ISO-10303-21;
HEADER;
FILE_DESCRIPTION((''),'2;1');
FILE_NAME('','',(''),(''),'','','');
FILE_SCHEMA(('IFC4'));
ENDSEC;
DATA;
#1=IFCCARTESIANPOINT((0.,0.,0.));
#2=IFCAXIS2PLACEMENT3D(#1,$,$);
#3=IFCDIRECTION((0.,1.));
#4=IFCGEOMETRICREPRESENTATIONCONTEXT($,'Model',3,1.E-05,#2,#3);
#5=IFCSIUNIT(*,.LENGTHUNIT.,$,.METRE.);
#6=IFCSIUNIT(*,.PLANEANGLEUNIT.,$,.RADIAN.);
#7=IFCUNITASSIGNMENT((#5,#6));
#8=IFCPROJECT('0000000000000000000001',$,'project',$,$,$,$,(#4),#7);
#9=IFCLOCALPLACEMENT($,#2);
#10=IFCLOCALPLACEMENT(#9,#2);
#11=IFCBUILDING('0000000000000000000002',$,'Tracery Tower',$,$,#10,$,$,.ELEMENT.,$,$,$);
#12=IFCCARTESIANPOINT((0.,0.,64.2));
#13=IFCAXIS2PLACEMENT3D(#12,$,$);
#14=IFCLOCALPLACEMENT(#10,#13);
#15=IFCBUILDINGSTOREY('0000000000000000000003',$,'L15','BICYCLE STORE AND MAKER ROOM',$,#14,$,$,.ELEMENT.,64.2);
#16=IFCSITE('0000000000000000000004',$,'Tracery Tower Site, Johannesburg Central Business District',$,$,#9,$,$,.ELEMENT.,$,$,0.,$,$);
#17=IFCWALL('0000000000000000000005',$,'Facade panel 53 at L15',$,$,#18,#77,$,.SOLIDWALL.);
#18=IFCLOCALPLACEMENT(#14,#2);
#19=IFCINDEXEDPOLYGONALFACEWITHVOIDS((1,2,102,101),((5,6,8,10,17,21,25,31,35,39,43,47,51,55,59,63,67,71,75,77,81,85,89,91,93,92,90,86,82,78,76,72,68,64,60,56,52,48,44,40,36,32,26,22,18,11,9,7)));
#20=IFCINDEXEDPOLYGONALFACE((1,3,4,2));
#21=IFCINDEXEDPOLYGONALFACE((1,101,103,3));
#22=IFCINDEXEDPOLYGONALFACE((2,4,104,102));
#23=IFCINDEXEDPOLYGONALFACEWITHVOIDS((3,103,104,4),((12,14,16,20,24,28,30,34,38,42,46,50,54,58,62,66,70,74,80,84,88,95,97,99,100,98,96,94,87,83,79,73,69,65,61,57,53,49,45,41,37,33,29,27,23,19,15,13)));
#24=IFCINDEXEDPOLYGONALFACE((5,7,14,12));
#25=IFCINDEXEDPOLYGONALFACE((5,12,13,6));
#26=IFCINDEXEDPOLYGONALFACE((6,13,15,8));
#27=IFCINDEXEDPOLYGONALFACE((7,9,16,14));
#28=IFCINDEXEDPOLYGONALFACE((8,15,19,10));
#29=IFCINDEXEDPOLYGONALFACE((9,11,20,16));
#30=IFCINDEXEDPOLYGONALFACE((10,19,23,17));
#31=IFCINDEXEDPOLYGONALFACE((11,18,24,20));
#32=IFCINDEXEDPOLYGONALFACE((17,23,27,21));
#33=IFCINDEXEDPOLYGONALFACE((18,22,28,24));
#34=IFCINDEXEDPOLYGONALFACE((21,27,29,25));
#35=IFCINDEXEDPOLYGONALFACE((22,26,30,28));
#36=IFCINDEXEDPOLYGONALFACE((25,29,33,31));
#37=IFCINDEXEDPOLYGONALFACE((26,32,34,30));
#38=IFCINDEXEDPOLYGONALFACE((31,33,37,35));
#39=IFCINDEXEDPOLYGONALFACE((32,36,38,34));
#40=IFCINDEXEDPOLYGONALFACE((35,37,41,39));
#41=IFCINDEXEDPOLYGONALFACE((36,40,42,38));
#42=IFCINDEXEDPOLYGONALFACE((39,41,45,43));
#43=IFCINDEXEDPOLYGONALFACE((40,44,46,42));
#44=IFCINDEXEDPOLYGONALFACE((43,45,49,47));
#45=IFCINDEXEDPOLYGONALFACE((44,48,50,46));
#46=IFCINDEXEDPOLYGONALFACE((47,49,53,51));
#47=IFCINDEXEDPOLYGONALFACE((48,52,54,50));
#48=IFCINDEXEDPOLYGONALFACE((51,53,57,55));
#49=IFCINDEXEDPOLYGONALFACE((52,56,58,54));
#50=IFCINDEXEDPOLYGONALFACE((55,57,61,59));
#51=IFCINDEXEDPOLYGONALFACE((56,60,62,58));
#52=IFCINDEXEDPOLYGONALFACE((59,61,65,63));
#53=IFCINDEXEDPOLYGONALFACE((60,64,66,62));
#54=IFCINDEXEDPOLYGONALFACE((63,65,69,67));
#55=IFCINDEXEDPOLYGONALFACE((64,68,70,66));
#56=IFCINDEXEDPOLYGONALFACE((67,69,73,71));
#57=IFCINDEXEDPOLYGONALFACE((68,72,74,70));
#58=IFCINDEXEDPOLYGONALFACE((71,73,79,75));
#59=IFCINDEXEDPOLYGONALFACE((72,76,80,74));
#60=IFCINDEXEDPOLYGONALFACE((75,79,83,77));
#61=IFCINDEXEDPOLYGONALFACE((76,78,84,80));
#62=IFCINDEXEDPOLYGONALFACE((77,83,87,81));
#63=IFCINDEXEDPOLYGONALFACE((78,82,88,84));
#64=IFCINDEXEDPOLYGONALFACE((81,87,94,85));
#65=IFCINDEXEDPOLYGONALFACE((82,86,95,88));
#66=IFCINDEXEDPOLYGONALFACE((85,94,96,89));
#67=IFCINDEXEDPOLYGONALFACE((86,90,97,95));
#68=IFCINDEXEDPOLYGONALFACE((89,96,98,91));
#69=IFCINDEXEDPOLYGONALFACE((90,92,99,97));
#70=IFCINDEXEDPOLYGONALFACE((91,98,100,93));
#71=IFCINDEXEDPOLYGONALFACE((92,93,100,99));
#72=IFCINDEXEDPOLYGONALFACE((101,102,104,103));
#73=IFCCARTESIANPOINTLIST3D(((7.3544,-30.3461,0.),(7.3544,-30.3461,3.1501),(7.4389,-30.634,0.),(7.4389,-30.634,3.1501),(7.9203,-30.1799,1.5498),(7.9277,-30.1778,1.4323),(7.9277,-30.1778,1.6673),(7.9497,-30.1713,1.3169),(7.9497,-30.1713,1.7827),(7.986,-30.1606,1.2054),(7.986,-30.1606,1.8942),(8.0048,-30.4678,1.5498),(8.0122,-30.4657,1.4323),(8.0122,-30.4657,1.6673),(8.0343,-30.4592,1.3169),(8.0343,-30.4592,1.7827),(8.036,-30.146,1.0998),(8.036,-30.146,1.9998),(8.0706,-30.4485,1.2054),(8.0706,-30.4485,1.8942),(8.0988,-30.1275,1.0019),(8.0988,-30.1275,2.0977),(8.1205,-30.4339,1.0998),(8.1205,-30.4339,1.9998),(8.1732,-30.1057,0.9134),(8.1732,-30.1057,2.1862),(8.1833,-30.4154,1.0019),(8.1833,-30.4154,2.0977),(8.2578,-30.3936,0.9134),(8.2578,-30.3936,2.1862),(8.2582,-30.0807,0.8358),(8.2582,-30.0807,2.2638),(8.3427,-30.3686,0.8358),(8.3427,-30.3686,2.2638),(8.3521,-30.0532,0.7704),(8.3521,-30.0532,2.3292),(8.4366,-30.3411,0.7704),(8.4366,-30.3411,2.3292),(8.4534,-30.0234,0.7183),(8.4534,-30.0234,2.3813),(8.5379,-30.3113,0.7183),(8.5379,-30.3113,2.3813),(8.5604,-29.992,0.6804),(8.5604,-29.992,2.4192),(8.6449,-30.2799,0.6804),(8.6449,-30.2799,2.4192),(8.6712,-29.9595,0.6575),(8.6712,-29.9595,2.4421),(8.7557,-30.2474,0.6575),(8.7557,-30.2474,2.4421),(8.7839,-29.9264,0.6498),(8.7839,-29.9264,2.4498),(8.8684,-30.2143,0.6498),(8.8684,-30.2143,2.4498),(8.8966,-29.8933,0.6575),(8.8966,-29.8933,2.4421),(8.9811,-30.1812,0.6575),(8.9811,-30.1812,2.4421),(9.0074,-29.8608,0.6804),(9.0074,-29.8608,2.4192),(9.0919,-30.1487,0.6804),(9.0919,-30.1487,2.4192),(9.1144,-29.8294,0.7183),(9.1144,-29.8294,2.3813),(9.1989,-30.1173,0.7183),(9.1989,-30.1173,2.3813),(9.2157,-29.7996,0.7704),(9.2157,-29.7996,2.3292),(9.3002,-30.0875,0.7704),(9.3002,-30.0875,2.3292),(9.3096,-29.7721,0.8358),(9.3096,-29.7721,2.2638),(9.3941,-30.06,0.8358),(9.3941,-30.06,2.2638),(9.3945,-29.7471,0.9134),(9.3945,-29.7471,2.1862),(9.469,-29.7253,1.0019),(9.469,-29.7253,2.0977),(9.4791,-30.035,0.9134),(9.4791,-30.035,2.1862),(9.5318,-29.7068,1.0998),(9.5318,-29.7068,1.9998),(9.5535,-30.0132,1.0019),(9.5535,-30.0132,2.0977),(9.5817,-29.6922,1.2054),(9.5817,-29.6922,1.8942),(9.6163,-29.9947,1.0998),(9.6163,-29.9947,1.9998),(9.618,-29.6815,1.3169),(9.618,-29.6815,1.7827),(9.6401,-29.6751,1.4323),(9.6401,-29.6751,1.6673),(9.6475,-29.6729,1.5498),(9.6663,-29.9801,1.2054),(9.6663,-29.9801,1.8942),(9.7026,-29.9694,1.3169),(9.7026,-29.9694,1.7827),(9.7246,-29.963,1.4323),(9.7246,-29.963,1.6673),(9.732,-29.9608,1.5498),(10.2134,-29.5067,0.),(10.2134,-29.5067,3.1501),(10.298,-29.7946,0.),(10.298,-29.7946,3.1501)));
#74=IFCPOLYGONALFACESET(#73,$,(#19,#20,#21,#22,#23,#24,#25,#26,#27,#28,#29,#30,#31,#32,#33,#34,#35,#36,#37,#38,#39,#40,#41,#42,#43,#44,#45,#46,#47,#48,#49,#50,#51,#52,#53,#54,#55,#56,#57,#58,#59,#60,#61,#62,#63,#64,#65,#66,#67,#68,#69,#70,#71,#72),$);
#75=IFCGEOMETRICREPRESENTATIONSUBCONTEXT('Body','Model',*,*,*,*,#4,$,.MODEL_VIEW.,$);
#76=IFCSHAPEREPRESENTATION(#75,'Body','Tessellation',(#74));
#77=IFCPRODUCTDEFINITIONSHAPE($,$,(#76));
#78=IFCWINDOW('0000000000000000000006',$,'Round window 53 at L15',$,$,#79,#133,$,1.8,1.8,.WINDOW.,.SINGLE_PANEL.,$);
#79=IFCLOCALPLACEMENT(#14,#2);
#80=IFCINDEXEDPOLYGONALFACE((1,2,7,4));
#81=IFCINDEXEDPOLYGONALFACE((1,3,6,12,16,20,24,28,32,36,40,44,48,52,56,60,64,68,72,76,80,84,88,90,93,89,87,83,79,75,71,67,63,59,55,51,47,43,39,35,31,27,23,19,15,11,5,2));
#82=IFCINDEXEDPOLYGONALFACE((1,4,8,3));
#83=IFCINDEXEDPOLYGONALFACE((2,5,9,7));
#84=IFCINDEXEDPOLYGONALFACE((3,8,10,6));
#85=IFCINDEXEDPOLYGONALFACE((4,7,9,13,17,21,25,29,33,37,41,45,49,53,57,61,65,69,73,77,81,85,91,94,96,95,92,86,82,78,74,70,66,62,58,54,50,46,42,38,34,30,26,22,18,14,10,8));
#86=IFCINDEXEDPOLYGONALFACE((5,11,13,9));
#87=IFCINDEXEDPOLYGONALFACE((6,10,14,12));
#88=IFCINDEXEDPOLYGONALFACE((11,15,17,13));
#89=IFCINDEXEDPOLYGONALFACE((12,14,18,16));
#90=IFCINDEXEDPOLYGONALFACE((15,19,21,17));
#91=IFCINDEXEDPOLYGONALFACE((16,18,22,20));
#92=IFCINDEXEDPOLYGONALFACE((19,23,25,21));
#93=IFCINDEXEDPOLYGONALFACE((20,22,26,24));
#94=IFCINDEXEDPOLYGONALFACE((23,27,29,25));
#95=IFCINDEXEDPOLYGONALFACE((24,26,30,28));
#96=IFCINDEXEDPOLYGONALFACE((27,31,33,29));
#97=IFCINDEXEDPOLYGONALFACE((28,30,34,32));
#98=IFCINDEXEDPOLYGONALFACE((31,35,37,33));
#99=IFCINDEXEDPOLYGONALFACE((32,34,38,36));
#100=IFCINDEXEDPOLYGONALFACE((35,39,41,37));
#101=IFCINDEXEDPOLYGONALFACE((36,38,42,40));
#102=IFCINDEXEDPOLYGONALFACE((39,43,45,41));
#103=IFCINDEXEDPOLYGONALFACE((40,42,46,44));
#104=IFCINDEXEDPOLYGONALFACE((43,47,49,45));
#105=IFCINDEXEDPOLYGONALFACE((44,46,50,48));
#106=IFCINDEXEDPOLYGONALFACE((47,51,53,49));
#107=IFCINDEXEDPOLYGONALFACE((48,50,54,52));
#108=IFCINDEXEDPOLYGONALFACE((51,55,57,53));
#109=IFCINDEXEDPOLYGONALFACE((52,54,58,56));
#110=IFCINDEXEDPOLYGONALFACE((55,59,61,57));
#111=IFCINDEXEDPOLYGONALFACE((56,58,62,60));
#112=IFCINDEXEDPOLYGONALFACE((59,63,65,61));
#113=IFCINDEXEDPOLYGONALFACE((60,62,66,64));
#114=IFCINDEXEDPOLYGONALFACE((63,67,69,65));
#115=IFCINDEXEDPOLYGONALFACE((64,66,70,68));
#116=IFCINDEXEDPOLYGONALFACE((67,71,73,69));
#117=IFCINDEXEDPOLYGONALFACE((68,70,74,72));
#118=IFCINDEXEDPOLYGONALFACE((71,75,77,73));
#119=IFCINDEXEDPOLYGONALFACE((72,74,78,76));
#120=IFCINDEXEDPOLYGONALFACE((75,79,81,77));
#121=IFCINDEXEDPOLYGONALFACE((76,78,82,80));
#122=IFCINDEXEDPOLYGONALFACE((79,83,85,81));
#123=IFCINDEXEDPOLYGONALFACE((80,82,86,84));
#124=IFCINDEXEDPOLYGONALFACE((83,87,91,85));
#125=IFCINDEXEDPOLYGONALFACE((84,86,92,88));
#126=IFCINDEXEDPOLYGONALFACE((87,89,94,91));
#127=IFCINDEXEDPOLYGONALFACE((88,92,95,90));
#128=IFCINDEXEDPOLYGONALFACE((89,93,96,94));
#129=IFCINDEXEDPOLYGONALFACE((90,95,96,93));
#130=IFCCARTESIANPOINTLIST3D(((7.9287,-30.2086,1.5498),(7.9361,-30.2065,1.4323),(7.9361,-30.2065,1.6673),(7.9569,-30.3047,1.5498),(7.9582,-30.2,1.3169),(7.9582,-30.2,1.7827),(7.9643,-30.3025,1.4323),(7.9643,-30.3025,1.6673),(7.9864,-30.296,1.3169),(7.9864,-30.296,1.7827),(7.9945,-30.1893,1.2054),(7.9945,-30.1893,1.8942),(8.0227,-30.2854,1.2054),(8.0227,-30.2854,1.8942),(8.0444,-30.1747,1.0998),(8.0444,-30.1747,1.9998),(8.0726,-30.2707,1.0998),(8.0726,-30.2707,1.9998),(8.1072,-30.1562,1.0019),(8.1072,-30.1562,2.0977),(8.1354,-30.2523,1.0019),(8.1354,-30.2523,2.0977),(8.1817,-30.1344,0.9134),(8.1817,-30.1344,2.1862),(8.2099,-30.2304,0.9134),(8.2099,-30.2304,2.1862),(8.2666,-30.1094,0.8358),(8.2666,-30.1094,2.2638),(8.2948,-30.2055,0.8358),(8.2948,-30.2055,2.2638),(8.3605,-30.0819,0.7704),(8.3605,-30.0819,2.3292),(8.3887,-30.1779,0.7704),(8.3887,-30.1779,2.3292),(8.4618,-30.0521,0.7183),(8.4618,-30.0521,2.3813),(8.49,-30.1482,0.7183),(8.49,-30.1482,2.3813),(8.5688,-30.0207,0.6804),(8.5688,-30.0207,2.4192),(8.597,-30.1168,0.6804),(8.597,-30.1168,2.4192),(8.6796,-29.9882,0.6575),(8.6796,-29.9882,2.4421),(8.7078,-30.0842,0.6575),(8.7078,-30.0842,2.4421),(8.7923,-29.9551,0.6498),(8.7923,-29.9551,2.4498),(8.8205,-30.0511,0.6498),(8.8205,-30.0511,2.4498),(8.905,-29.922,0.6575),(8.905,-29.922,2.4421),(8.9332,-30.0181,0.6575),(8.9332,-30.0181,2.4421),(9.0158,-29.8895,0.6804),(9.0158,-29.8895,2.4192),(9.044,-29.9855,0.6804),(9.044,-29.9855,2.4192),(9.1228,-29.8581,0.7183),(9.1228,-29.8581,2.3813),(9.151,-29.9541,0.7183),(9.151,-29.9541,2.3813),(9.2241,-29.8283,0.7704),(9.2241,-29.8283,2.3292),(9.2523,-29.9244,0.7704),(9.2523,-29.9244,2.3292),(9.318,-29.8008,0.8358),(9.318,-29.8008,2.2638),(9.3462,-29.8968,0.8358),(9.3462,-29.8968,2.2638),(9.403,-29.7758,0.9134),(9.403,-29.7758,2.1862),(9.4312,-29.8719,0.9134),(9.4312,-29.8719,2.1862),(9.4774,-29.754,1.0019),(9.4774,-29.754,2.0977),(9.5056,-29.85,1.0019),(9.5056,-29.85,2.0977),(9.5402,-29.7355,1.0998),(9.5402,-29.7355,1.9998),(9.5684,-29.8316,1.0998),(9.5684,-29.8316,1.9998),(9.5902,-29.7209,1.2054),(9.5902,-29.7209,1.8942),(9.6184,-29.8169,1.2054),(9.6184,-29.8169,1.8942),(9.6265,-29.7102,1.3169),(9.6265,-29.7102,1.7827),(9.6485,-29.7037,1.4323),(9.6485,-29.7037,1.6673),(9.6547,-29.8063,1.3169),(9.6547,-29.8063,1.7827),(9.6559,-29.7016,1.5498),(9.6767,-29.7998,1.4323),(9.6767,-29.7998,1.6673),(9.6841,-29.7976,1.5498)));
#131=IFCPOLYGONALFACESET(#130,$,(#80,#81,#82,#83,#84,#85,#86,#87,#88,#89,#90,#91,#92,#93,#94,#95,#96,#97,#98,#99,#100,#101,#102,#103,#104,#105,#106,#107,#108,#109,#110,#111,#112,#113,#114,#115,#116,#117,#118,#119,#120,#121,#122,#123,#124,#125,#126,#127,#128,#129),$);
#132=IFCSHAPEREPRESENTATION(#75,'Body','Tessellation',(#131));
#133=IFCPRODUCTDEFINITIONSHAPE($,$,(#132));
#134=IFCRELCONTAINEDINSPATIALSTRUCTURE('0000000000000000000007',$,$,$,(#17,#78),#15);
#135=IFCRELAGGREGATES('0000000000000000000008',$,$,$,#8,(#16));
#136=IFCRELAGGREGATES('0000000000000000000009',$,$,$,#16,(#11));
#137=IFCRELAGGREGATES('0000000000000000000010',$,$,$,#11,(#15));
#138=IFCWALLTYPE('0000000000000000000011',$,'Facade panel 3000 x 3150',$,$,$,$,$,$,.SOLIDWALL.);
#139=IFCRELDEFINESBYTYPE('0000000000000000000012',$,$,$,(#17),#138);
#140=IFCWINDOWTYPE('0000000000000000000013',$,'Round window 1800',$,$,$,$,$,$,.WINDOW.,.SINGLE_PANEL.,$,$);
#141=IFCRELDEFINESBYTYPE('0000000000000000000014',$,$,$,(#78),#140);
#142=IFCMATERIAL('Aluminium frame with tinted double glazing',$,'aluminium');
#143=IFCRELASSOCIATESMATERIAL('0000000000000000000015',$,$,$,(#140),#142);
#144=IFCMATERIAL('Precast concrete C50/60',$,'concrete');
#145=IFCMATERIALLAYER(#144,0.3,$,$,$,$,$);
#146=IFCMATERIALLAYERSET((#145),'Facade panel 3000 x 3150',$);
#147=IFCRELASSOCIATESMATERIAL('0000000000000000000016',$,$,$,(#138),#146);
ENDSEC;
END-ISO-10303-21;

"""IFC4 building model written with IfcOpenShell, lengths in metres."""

from ifc_helpers import new_model, si_unit, direction, frame, frame_2d, origin, origin_2d, place, context, subcontext, project, spatial, rectangle, circle, extrude, material, layer, layer_set, type_object, element, fill, save


model = new_model("IFC4")

# Units and contexts
model_context = context("Model", 3, precision=1e-05, world=origin(), true_north=direction((0.0, 1.0)))
body_context = subcontext(model_context, "Body", "Model", "MODEL_VIEW")
ifc_project = project(units=[si_unit("LENGTHUNIT", "METRE"), si_unit("PLANEANGLEUNIT", "RADIAN")], contexts=[model_context])

# Site, building, storey
site_placement = place(None, origin())
site = spatial("IfcSite", under=ifc_project, at=site_placement, Name="Tracery Tower Site, Johannesburg Central Business District", CompositionType="ELEMENT", RefElevation=0.0)
building_placement = place(site_placement, origin())
building = spatial("IfcBuilding", under=site, at=building_placement, Name="Tracery Tower", CompositionType="ELEMENT")
storey_placement = place(building_placement, frame((0.0, 0.0, 64.2)))
storey = spatial("IfcBuildingStorey", under=building, at=storey_placement, Name="L15", Description="BICYCLE STORE AND MAKER ROOM", CompositionType="ELEMENT", Elevation=64.2)

# Wall, opening, window
ifc_material_1 = material(Name="Aluminium frame with tinted double glazing", Category="aluminium")
window_type = type_object("IfcWindowType", Name="Round window 1800", PartitioningType="SINGLE_PANEL", PredefinedType="WINDOW", material=ifc_material_1)
ifc_material_2 = material(Name="Precast concrete C50/60", Category="concrete")
ifc_layer_1 = layer(ifc_material_2, 0.3)
ifc_layer_set_1 = layer_set([ifc_layer_1], Name="Facade panel 3000 x 3150")
wall_type_1 = type_object("IfcWallType", Name="Facade panel 3000 x 3150", PredefinedType="SOLIDWALL", material=ifc_layer_set_1)
wall_1_placement = place(storey_placement, frame((7.3967, -30.49, 0.0), z_axis=(0.0, 0.0, 1.0), x_axis=(0.959508, 0.281683, 0.0)))
wall_1 = element("IfcWall", 1, at=wall_1_placement, inside=storey, type_object=wall_type_1, Name="Facade panel 53 at L15", PredefinedType="SOLIDWALL", context=body_context, shape_type="SweptSolid", body=[
    extrude(rectangle(XDim=2.9797, YDim=0.3, at=frame_2d((1.4897, 0.0))), origin(), (0.0, 0.0, 1.0), 3.1501),
])
opening_1_placement = place(wall_1_placement, frame((1.4897, 0.0, 1.5498)))
opening_1 = element("IfcOpeningElement", 2, at=opening_1_placement, cuts=wall_1, PredefinedType="OPENING", context=body_context, shape_type="SweptSolid", body=[
    extrude(circle(Radius=0.9, at=origin_2d()), frame((0.0, 0.1599, 0.0), z_axis=(0.0, -1.0, 0.0), x_axis=(1.0, 0.0, 0.0)), (0.0, 0.0, 1.0), 0.3201),
])
window_1_placement = place(opening_1_placement, origin())
window_1 = element("IfcWindow", 3, at=window_1_placement, inside=storey, type_object=window_type, Name="Round window 53 at L15", OverallHeight=1.8, OverallWidth=1.8, PartitioningType="SINGLE_PANEL", PredefinedType="WINDOW", context=body_context, shape_type="SweptSolid", body=[
    extrude(circle(Radius=0.9, at=origin_2d()), frame((0.0, 0.1201, 0.0), z_axis=(0.0, -1.0, 0.0), x_axis=(1.0, 0.0, 0.0)), (0.0, 0.0, 1.0), 0.1001),
])
fill(opening_1, window_1)

save(model, "model.ifc")
